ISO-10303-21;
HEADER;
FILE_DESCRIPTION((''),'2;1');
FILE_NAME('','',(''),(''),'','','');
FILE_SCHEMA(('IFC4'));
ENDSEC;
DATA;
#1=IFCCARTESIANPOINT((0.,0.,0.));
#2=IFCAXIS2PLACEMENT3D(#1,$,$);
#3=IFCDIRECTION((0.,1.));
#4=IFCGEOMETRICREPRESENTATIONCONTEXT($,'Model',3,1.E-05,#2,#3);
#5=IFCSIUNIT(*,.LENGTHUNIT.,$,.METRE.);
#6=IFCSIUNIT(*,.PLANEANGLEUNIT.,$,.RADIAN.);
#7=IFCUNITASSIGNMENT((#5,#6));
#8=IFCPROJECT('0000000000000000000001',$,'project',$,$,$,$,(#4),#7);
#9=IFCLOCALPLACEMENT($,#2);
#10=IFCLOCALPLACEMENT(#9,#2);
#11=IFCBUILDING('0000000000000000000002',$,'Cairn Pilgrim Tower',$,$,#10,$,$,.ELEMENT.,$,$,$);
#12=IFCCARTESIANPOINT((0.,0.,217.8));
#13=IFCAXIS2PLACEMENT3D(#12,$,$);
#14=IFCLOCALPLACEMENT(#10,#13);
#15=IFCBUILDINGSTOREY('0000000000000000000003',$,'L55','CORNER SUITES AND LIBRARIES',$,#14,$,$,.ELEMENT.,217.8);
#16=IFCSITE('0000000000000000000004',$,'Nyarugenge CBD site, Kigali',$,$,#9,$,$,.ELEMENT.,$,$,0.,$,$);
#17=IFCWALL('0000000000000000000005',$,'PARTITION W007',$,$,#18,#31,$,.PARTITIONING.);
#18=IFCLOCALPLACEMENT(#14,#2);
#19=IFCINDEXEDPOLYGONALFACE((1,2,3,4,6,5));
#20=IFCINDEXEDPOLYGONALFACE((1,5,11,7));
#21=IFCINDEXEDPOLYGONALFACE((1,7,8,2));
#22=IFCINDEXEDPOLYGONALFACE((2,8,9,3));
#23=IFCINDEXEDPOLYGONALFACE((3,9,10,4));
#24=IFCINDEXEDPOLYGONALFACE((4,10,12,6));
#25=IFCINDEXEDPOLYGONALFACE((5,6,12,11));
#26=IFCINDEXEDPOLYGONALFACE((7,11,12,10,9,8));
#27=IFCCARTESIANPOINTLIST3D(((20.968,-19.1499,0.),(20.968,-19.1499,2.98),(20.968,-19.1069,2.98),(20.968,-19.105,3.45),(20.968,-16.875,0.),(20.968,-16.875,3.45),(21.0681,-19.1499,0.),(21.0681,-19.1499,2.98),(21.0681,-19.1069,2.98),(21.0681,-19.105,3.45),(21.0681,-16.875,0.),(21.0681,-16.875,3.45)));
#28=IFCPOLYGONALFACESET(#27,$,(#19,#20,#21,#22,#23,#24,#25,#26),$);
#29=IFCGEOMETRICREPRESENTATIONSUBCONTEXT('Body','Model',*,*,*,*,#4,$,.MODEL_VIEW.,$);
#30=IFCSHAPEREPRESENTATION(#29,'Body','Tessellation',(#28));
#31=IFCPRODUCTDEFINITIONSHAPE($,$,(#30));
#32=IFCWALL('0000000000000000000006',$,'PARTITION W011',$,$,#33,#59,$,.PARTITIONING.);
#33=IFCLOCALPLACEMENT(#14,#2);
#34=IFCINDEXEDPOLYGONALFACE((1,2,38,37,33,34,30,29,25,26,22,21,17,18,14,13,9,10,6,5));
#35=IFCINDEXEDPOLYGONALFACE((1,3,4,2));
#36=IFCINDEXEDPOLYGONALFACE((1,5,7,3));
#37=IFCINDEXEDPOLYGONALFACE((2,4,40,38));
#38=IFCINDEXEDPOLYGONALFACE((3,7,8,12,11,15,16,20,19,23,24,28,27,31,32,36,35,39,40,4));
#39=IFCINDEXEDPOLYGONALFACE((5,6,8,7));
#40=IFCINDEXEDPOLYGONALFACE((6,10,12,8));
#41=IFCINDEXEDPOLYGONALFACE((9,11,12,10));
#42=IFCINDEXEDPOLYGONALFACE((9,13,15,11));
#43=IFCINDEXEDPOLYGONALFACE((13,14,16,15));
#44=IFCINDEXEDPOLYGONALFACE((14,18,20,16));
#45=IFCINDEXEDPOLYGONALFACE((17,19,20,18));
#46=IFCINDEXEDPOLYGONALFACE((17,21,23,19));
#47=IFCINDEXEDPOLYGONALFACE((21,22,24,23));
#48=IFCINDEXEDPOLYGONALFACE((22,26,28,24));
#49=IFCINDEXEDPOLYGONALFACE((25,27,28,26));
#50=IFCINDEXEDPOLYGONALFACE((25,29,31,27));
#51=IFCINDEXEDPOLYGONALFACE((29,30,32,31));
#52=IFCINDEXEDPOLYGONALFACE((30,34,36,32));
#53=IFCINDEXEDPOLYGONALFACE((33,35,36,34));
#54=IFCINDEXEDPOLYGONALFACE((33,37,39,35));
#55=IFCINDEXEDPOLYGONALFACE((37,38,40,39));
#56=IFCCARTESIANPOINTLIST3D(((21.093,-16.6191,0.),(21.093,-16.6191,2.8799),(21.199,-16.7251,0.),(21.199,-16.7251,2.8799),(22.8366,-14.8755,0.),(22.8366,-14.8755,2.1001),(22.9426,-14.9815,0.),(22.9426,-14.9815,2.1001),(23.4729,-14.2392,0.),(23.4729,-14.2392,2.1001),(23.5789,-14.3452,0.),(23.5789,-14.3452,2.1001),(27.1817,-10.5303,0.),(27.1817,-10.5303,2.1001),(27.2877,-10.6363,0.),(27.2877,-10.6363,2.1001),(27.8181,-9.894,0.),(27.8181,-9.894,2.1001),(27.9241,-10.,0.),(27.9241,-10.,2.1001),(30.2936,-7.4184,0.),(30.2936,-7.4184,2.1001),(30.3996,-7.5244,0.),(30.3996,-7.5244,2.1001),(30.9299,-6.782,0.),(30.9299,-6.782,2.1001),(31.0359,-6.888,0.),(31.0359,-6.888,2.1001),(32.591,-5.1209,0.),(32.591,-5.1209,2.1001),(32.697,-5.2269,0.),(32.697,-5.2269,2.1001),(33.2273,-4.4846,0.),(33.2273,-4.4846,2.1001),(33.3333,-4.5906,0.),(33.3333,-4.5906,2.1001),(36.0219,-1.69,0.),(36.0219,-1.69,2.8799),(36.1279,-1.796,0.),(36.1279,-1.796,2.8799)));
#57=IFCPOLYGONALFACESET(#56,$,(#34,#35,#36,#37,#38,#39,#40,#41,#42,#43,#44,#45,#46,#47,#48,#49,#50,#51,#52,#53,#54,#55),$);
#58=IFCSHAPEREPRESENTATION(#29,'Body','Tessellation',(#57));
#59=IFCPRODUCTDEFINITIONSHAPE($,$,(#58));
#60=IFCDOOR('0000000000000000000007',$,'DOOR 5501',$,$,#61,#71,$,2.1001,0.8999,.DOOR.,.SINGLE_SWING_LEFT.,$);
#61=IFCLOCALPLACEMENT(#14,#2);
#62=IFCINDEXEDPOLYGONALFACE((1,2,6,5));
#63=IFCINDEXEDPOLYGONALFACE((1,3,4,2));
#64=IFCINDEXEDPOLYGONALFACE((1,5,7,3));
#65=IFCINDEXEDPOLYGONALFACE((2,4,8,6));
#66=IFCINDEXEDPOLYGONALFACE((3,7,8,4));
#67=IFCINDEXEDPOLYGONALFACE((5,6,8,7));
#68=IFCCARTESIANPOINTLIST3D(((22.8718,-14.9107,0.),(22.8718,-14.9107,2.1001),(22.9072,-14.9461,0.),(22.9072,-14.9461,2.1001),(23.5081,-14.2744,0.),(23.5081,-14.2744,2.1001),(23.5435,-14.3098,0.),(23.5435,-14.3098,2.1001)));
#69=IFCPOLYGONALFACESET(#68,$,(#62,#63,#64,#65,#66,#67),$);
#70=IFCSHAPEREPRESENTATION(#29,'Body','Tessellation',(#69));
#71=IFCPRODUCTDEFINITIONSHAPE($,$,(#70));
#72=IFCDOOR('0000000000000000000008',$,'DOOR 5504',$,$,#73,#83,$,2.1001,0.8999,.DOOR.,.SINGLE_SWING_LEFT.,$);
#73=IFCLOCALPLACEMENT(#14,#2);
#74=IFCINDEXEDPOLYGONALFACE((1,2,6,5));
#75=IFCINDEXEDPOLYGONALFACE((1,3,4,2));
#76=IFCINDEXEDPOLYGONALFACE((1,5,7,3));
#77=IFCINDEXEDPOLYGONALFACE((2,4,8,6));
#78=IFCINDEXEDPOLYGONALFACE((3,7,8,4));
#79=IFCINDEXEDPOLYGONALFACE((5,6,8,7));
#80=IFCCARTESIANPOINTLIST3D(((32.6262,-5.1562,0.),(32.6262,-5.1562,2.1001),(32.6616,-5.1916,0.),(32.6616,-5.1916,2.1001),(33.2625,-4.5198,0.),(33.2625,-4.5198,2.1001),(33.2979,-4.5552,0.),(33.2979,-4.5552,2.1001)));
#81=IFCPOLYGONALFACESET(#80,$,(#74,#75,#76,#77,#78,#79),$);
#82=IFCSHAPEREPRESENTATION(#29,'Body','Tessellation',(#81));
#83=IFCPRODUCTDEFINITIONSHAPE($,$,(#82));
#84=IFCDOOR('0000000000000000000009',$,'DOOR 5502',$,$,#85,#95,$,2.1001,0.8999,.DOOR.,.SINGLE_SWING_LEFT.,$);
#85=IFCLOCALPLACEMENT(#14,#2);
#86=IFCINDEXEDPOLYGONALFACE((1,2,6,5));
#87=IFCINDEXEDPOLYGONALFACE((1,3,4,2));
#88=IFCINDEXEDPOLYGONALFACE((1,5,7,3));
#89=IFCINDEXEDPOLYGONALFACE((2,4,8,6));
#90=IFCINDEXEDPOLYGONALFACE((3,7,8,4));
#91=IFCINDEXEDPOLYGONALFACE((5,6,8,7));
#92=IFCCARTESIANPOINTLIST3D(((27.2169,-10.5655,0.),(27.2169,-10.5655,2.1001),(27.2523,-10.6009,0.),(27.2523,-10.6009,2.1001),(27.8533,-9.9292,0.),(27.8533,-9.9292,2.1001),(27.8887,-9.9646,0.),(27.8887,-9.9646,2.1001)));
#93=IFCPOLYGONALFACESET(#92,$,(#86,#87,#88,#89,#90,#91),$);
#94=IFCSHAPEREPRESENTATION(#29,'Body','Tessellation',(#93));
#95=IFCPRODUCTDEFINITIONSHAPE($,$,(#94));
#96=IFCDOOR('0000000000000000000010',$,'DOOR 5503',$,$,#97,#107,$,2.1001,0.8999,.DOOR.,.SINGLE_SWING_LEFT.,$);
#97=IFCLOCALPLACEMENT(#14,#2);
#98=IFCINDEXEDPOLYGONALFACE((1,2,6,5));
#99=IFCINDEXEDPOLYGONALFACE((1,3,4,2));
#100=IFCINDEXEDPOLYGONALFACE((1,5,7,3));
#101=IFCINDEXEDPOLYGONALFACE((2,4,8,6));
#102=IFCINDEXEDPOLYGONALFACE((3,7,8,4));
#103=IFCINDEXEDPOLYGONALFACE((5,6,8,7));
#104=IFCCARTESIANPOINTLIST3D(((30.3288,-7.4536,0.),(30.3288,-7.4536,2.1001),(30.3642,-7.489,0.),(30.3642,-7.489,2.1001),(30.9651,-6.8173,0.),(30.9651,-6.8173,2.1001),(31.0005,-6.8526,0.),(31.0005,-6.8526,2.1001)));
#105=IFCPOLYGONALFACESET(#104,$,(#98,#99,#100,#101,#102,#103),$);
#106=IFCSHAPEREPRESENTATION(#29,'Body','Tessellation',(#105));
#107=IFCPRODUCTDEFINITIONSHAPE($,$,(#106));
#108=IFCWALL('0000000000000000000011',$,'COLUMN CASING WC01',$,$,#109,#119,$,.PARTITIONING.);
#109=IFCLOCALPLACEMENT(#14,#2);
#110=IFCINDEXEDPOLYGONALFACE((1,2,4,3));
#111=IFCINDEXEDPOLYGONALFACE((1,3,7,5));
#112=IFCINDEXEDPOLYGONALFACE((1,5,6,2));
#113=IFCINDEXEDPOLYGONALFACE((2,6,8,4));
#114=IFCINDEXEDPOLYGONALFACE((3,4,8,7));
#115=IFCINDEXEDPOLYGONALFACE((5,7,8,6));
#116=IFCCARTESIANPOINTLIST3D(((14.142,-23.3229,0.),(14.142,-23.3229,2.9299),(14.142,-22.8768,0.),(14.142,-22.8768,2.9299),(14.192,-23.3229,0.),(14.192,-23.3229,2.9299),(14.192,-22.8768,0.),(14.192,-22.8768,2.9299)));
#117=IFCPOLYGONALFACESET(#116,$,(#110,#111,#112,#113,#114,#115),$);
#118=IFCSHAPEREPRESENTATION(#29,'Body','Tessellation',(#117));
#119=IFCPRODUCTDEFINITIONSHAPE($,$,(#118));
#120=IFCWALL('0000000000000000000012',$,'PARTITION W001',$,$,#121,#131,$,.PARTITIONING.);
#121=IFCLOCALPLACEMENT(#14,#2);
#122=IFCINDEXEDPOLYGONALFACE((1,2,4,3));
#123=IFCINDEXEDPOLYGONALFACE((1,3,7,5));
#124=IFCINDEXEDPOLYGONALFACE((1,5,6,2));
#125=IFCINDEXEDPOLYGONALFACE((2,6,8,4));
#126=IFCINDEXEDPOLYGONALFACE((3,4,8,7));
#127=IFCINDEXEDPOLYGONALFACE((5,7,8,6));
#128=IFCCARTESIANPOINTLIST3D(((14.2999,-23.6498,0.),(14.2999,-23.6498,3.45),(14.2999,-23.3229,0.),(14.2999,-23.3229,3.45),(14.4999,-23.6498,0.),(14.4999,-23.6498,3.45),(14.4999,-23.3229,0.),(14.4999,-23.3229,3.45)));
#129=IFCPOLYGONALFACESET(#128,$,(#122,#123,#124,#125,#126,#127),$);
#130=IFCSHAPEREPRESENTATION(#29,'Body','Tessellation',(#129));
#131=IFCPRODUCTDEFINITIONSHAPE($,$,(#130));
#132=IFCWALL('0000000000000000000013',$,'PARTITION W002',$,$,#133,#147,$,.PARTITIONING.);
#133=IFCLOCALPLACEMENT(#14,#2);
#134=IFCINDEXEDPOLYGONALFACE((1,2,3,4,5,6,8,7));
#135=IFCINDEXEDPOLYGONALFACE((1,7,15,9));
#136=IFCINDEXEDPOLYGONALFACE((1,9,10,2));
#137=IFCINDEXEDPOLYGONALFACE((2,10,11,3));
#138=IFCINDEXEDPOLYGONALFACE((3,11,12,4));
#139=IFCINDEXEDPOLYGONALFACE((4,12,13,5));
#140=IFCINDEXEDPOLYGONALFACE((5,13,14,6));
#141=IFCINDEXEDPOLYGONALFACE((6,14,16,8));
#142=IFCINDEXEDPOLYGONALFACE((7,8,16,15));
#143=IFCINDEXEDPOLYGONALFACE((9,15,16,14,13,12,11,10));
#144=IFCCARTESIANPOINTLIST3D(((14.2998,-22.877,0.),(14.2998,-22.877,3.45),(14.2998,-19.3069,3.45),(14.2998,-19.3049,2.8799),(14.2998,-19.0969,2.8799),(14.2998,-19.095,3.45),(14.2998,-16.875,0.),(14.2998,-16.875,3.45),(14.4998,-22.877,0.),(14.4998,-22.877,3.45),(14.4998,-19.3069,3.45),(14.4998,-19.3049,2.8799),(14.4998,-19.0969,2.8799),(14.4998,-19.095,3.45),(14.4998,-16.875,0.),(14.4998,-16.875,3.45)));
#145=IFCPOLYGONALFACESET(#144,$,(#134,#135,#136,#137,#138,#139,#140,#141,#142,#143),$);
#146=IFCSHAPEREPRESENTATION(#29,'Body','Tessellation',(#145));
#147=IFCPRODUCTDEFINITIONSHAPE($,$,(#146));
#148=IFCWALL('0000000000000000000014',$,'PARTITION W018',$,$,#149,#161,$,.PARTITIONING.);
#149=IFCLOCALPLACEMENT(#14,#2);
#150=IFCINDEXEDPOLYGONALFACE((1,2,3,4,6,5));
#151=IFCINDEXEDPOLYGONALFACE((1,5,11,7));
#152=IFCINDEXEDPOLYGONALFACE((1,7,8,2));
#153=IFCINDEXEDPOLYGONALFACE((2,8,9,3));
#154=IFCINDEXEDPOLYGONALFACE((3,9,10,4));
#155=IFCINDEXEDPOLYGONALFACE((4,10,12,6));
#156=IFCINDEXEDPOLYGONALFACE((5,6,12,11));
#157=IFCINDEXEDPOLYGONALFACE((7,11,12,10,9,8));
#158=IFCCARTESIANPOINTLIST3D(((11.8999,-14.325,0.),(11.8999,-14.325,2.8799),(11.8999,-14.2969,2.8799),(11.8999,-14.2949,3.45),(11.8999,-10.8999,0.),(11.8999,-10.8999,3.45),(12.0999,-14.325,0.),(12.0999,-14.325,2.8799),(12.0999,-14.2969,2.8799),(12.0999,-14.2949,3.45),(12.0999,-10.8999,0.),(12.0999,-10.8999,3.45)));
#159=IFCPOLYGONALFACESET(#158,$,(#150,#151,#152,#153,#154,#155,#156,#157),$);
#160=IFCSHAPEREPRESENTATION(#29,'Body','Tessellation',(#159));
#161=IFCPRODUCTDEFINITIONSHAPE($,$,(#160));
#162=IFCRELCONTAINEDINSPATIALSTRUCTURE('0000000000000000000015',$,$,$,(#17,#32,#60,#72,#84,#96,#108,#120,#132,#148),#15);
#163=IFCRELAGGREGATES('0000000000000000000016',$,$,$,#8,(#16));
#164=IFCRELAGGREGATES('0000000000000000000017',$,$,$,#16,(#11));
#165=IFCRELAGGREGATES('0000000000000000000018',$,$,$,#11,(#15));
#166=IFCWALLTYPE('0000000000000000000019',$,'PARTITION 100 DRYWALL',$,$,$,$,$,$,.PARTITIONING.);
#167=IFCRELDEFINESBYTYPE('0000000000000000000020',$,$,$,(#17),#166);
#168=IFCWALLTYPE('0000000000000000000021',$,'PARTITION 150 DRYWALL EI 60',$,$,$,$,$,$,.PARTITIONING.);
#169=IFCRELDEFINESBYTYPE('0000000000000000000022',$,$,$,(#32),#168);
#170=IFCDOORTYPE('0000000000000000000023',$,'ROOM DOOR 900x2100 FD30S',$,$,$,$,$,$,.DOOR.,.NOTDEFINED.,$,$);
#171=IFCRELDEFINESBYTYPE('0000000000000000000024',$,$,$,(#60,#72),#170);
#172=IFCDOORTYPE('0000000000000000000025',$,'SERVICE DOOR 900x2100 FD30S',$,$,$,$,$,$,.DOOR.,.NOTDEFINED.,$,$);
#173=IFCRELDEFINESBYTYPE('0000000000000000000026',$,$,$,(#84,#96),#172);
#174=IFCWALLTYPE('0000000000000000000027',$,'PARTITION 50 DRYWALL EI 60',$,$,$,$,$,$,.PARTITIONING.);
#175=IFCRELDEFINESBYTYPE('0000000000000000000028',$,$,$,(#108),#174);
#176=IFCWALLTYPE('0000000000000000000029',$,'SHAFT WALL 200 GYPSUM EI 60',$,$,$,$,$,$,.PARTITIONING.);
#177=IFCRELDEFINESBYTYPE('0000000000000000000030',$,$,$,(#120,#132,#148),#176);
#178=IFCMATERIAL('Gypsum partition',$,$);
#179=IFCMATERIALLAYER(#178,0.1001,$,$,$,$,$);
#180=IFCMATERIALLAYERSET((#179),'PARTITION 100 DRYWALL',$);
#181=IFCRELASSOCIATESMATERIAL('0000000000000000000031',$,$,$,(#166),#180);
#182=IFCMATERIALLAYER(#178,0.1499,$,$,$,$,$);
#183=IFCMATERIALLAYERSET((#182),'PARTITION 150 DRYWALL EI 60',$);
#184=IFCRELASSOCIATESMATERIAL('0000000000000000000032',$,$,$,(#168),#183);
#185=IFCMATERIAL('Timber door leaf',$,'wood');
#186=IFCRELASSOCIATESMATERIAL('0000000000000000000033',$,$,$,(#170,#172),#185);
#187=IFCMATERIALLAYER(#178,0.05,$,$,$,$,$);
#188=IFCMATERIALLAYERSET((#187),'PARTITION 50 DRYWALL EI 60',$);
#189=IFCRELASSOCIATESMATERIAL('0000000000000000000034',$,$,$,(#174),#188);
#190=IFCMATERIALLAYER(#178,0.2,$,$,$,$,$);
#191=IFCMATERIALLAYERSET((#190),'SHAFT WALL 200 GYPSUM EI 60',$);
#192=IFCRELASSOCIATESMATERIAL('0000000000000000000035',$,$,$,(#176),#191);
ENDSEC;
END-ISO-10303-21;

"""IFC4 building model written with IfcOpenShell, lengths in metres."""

from ifc_helpers import new_model, si_unit, direction, frame, frame_2d, origin, place, context, subcontext, project, spatial, polyline, rectangle, outline, extrude, material, layer, layer_set, type_object, element, fill, save


model = new_model("IFC4")

# Units and contexts
model_context = context("Model", 3, precision=1e-05, world=origin(), true_north=direction((0.0, 1.0)))
body_context = subcontext(model_context, "Body", "Model", "MODEL_VIEW")
ifc_project = project(units=[si_unit("LENGTHUNIT", "METRE"), si_unit("PLANEANGLEUNIT", "RADIAN")], contexts=[model_context])

# Site, building, storey
site_placement = place(None, origin())
site = spatial("IfcSite", under=ifc_project, at=site_placement, Name="Nyarugenge CBD site, Kigali", CompositionType="ELEMENT", RefElevation=0.0)
building_placement = place(site_placement, origin())
building = spatial("IfcBuilding", under=site, at=building_placement, Name="Cairn Pilgrim Tower", CompositionType="ELEMENT")
storey_placement = place(building_placement, frame((0.0, 0.0, 217.8)))
storey = spatial("IfcBuildingStorey", under=building, at=storey_placement, Name="L55", Description="CORNER SUITES AND LIBRARIES", CompositionType="ELEMENT", Elevation=217.8)

# Shared definitions
ifc_material_1 = material(Name="Gypsum partition")
ifc_layer_1 = layer(ifc_material_1, 0.1001)
ifc_layer_set_1 = layer_set([ifc_layer_1], Name="PARTITION 100 DRYWALL")
wall_type_1 = type_object("IfcWallType", Name="PARTITION 100 DRYWALL", PredefinedType="PARTITIONING", material=ifc_layer_set_1)
ifc_material_2 = material(Name="Timber door leaf", Category="wood")

# Wall
wall_1_placement = place(storey_placement, frame((21.0181, -19.1499, 0.0), z_axis=(0.0, 0.0, 1.0), x_axis=(0.0, 1.0, 0.0)))
element("IfcWall", 1, at=wall_1_placement, inside=storey, type_object=wall_type_1, Name="PARTITION W007", PredefinedType="PARTITIONING", context=body_context, shape_type="SweptSolid", body=[
    extrude(outline(polyline([(0.0, 0.0), (2.2749, 0.0), (2.2749, 3.45), (0.0449, 3.45), (0.043, 2.98), (0.0, 2.98), (0.0, 0.0)])), frame((0.0, 0.05, 0.0), z_axis=(0.0, -1.0, 0.0), x_axis=(1.0, 0.0, 0.0)), (0.0, 0.0, 1.0), 0.1001),
])

# Wall, openings, doors
ifc_layer_2 = layer(ifc_material_1, 0.1499)
ifc_layer_set_2 = layer_set([ifc_layer_2], Name="PARTITION 150 DRYWALL EI 60")
wall_type_2 = type_object("IfcWallType", Name="PARTITION 150 DRYWALL EI 60", PredefinedType="PARTITIONING", material=ifc_layer_set_2)
wall_2_placement = place(storey_placement, frame((21.146, -16.6721, 0.0), z_axis=(0.0, 0.0, 1.0), x_axis=(0.707101, 0.707113, 0.0)))
wall_2 = element("IfcWall", 2, at=wall_2_placement, inside=storey, type_object=wall_type_2, Name="PARTITION W011", PredefinedType="PARTITIONING", context=body_context, shape_type="SweptSolid", body=[
    extrude(rectangle(XDim=21.1128, YDim=0.1499, at=frame_2d((10.5564, 0.0))), origin(), (0.0, 0.0, 1.0), 2.8799),
])
opening_1_placement = place(wall_2_placement, frame((2.4658, 0.0, 0.0)))
opening_1 = element("IfcOpeningElement", 3, at=opening_1_placement, cuts=wall_2, PredefinedType="OPENING", context=body_context, shape_type="SweptSolid", body=[
    extrude(rectangle(XDim=0.8999, YDim=2.1001, at=frame_2d((0.45, 1.05))), frame((0.0, 0.085, 0.0), z_axis=(0.0, -1.0, 0.0), x_axis=(1.0, 0.0, 0.0)), (0.0, 0.0, 1.0), 0.1699),
])
opening_2_placement = place(wall_2_placement, frame((8.6108, 0.0, 0.0)))
opening_2 = element("IfcOpeningElement", 4, at=opening_2_placement, cuts=wall_2, PredefinedType="OPENING", context=body_context, shape_type="SweptSolid", body=[
    extrude(rectangle(XDim=0.8999, YDim=2.1001, at=frame_2d((0.45, 1.05))), frame((0.0, 0.085, 0.0), z_axis=(0.0, -1.0, 0.0), x_axis=(1.0, 0.0, 0.0)), (0.0, 0.0, 1.0), 0.1699),
])
opening_3_placement = place(wall_2_placement, frame((13.0117, 0.0, 0.0)))
opening_3 = element("IfcOpeningElement", 5, at=opening_3_placement, cuts=wall_2, PredefinedType="OPENING", context=body_context, shape_type="SweptSolid", body=[
    extrude(rectangle(XDim=0.8999, YDim=2.1001, at=frame_2d((0.45, 1.05))), frame((0.0, 0.085, 0.0), z_axis=(0.0, -1.0, 0.0), x_axis=(1.0, 0.0, 0.0)), (0.0, 0.0, 1.0), 0.1699),
])
opening_4_placement = place(wall_2_placement, frame((16.2607, 0.0, 0.0)))
opening_4 = element("IfcOpeningElement", 6, at=opening_4_placement, cuts=wall_2, PredefinedType="OPENING", context=body_context, shape_type="SweptSolid", body=[
    extrude(rectangle(XDim=0.8999, YDim=2.1001, at=frame_2d((0.45, 1.05))), frame((0.0, 0.085, 0.0), z_axis=(0.0, -1.0, 0.0), x_axis=(1.0, 0.0, 0.0)), (0.0, 0.0, 1.0), 0.1699),
])
door_type_1 = type_object("IfcDoorType", Name="ROOM DOOR 900x2100 FD30S", OperationType="NOTDEFINED", PredefinedType="DOOR", material=ifc_material_2)
door_1_placement = place(opening_1_placement, frame((0.8999, 0.0, 0.0), z_axis=(0.0, 0.0, 1.0), x_axis=(-1.0, 0.0, 0.0)))
door_1 = element("IfcDoor", 7, at=door_1_placement, inside=storey, type_object=door_type_1, Name="DOOR 5501", OperationType="SINGLE_SWING_LEFT", OverallHeight=2.1001, OverallWidth=0.8999, PredefinedType="DOOR", context=body_context, shape_type="SweptSolid", body=[
    extrude(rectangle(XDim=0.8999, YDim=2.1001, at=frame_2d((0.45, 1.05))), frame((0.0, 0.0249, 0.0), z_axis=(0.0, -1.0, 0.0), x_axis=(1.0, 0.0, 0.0)), (0.0, 0.0, 1.0), 0.05),
])
fill(opening_1, door_1)
door_2_placement = place(opening_4_placement, frame((0.8999, 0.0, 0.0), z_axis=(0.0, 0.0, 1.0), x_axis=(-1.0, 0.0, 0.0)))
door_2 = element("IfcDoor", 8, at=door_2_placement, inside=storey, type_object=door_type_1, Name="DOOR 5504", OperationType="SINGLE_SWING_LEFT", OverallHeight=2.1001, OverallWidth=0.8999, PredefinedType="DOOR", context=body_context, shape_type="SweptSolid", body=[
    extrude(rectangle(XDim=0.8999, YDim=2.1001, at=frame_2d((0.45, 1.05))), frame((0.0, 0.0249, 0.0), z_axis=(0.0, -1.0, 0.0), x_axis=(1.0, 0.0, 0.0)), (0.0, 0.0, 1.0), 0.05),
])
fill(opening_4, door_2)
door_type_2 = type_object("IfcDoorType", Name="SERVICE DOOR 900x2100 FD30S", OperationType="NOTDEFINED", PredefinedType="DOOR", material=ifc_material_2)
door_3_placement = place(opening_2_placement, frame((0.8999, 0.0, 0.0), z_axis=(0.0, 0.0, 1.0), x_axis=(-1.0, 0.0, 0.0)))
door_3 = element("IfcDoor", 9, at=door_3_placement, inside=storey, type_object=door_type_2, Name="DOOR 5502", OperationType="SINGLE_SWING_LEFT", OverallHeight=2.1001, OverallWidth=0.8999, PredefinedType="DOOR", context=body_context, shape_type="SweptSolid", body=[
    extrude(rectangle(XDim=0.8999, YDim=2.1001, at=frame_2d((0.45, 1.05))), frame((0.0, 0.0249, 0.0), z_axis=(0.0, -1.0, 0.0), x_axis=(1.0, 0.0, 0.0)), (0.0, 0.0, 1.0), 0.05),
])
fill(opening_2, door_3)
door_4_placement = place(opening_3_placement, frame((0.8999, 0.0, 0.0), z_axis=(0.0, 0.0, 1.0), x_axis=(-1.0, 0.0, 0.0)))
door_4 = element("IfcDoor", 10, at=door_4_placement, inside=storey, type_object=door_type_2, Name="DOOR 5503", OperationType="SINGLE_SWING_LEFT", OverallHeight=2.1001, OverallWidth=0.8999, PredefinedType="DOOR", context=body_context, shape_type="SweptSolid", body=[
    extrude(rectangle(XDim=0.8999, YDim=2.1001, at=frame_2d((0.45, 1.05))), frame((0.0, 0.0249, 0.0), z_axis=(0.0, -1.0, 0.0), x_axis=(1.0, 0.0, 0.0)), (0.0, 0.0, 1.0), 0.05),
])
fill(opening_3, door_4)

# Walls
ifc_layer_3 = layer(ifc_material_1, 0.05)
ifc_layer_set_3 = layer_set([ifc_layer_3], Name="PARTITION 50 DRYWALL EI 60")
wall_type_3 = type_object("IfcWallType", Name="PARTITION 50 DRYWALL EI 60", PredefinedType="PARTITIONING", material=ifc_layer_set_3)
wall_3_placement = place(storey_placement, frame((14.167, -23.323, 0.0), z_axis=(0.0, 0.0, 1.0), x_axis=(0.0, 1.0, 0.0)))
element("IfcWall", 11, at=wall_3_placement, inside=storey, type_object=wall_type_3, Name="COLUMN CASING WC01", PredefinedType="PARTITIONING", context=body_context, shape_type="SweptSolid", body=[
    extrude(rectangle(XDim=0.446, YDim=0.05, at=frame_2d((0.2231, 0.0))), origin(), (0.0, 0.0, 1.0), 2.9299),
])
ifc_layer_4 = layer(ifc_material_1, 0.2)
ifc_layer_set_4 = layer_set([ifc_layer_4], Name="SHAFT WALL 200 GYPSUM EI 60")
wall_type_4 = type_object("IfcWallType", Name="SHAFT WALL 200 GYPSUM EI 60", PredefinedType="PARTITIONING", material=ifc_layer_set_4)
wall_4_placement = place(storey_placement, frame((14.3999, -23.6499, 0.0), z_axis=(0.0, 0.0, 1.0), x_axis=(0.0, 1.0, 0.0)))
element("IfcWall", 12, at=wall_4_placement, inside=storey, type_object=wall_type_4, Name="PARTITION W001", PredefinedType="PARTITIONING", context=body_context, shape_type="SweptSolid", body=[
    extrude(rectangle(XDim=0.3269, YDim=0.2, at=frame_2d((0.1636, 0.0))), origin(), (0.0, 0.0, 1.0), 3.45),
])
wall_5_placement = place(storey_placement, frame((14.3999, -22.877, 0.0), z_axis=(0.0, 0.0, 1.0), x_axis=(0.0, 1.0, 0.0)))
element("IfcWall", 13, at=wall_5_placement, inside=storey, type_object=wall_type_4, Name="PARTITION W002", PredefinedType="PARTITIONING", context=body_context, shape_type="SweptSolid", body=[
    extrude(outline(polyline([(0.0, 0.0), (6.002, 0.0), (6.002, 3.45), (3.782, 3.45), (3.78, 2.8799), (3.572, 2.8799), (3.5701, 3.45), (0.0, 3.45), (0.0, 0.0)])), frame((0.0, 0.1001, 0.0), z_axis=(0.0, -1.0, 0.0), x_axis=(1.0, 0.0, 0.0)), (0.0, 0.0, 1.0), 0.2),
])
for number, where, z_axis, x_axis, name in (
    (14, (12.0, -14.325, 0.0), (0.0, 0.0, 1.0), (0.0, 1.0, 0.0), "PARTITION W018"),
):
    element("IfcWall", number, at=place(storey_placement, frame(where, z_axis=z_axis, x_axis=x_axis)), inside=storey, type_object=wall_type_4, Name=name, PredefinedType="PARTITIONING", context=body_context, shape_type="SweptSolid", body=[
        extrude(outline(polyline([(0.0, 0.0), (3.425, 0.0), (3.425, 3.45), (0.03, 3.45), (0.0281, 2.8799), (0.0, 2.8799), (0.0, 0.0)])), frame((0.0, 0.1001, 0.0), z_axis=(0.0, -1.0, 0.0), x_axis=(1.0, 0.0, 0.0)), (0.0, 0.0, 1.0), 0.2),
    ])

save(model, "model.ifc")
